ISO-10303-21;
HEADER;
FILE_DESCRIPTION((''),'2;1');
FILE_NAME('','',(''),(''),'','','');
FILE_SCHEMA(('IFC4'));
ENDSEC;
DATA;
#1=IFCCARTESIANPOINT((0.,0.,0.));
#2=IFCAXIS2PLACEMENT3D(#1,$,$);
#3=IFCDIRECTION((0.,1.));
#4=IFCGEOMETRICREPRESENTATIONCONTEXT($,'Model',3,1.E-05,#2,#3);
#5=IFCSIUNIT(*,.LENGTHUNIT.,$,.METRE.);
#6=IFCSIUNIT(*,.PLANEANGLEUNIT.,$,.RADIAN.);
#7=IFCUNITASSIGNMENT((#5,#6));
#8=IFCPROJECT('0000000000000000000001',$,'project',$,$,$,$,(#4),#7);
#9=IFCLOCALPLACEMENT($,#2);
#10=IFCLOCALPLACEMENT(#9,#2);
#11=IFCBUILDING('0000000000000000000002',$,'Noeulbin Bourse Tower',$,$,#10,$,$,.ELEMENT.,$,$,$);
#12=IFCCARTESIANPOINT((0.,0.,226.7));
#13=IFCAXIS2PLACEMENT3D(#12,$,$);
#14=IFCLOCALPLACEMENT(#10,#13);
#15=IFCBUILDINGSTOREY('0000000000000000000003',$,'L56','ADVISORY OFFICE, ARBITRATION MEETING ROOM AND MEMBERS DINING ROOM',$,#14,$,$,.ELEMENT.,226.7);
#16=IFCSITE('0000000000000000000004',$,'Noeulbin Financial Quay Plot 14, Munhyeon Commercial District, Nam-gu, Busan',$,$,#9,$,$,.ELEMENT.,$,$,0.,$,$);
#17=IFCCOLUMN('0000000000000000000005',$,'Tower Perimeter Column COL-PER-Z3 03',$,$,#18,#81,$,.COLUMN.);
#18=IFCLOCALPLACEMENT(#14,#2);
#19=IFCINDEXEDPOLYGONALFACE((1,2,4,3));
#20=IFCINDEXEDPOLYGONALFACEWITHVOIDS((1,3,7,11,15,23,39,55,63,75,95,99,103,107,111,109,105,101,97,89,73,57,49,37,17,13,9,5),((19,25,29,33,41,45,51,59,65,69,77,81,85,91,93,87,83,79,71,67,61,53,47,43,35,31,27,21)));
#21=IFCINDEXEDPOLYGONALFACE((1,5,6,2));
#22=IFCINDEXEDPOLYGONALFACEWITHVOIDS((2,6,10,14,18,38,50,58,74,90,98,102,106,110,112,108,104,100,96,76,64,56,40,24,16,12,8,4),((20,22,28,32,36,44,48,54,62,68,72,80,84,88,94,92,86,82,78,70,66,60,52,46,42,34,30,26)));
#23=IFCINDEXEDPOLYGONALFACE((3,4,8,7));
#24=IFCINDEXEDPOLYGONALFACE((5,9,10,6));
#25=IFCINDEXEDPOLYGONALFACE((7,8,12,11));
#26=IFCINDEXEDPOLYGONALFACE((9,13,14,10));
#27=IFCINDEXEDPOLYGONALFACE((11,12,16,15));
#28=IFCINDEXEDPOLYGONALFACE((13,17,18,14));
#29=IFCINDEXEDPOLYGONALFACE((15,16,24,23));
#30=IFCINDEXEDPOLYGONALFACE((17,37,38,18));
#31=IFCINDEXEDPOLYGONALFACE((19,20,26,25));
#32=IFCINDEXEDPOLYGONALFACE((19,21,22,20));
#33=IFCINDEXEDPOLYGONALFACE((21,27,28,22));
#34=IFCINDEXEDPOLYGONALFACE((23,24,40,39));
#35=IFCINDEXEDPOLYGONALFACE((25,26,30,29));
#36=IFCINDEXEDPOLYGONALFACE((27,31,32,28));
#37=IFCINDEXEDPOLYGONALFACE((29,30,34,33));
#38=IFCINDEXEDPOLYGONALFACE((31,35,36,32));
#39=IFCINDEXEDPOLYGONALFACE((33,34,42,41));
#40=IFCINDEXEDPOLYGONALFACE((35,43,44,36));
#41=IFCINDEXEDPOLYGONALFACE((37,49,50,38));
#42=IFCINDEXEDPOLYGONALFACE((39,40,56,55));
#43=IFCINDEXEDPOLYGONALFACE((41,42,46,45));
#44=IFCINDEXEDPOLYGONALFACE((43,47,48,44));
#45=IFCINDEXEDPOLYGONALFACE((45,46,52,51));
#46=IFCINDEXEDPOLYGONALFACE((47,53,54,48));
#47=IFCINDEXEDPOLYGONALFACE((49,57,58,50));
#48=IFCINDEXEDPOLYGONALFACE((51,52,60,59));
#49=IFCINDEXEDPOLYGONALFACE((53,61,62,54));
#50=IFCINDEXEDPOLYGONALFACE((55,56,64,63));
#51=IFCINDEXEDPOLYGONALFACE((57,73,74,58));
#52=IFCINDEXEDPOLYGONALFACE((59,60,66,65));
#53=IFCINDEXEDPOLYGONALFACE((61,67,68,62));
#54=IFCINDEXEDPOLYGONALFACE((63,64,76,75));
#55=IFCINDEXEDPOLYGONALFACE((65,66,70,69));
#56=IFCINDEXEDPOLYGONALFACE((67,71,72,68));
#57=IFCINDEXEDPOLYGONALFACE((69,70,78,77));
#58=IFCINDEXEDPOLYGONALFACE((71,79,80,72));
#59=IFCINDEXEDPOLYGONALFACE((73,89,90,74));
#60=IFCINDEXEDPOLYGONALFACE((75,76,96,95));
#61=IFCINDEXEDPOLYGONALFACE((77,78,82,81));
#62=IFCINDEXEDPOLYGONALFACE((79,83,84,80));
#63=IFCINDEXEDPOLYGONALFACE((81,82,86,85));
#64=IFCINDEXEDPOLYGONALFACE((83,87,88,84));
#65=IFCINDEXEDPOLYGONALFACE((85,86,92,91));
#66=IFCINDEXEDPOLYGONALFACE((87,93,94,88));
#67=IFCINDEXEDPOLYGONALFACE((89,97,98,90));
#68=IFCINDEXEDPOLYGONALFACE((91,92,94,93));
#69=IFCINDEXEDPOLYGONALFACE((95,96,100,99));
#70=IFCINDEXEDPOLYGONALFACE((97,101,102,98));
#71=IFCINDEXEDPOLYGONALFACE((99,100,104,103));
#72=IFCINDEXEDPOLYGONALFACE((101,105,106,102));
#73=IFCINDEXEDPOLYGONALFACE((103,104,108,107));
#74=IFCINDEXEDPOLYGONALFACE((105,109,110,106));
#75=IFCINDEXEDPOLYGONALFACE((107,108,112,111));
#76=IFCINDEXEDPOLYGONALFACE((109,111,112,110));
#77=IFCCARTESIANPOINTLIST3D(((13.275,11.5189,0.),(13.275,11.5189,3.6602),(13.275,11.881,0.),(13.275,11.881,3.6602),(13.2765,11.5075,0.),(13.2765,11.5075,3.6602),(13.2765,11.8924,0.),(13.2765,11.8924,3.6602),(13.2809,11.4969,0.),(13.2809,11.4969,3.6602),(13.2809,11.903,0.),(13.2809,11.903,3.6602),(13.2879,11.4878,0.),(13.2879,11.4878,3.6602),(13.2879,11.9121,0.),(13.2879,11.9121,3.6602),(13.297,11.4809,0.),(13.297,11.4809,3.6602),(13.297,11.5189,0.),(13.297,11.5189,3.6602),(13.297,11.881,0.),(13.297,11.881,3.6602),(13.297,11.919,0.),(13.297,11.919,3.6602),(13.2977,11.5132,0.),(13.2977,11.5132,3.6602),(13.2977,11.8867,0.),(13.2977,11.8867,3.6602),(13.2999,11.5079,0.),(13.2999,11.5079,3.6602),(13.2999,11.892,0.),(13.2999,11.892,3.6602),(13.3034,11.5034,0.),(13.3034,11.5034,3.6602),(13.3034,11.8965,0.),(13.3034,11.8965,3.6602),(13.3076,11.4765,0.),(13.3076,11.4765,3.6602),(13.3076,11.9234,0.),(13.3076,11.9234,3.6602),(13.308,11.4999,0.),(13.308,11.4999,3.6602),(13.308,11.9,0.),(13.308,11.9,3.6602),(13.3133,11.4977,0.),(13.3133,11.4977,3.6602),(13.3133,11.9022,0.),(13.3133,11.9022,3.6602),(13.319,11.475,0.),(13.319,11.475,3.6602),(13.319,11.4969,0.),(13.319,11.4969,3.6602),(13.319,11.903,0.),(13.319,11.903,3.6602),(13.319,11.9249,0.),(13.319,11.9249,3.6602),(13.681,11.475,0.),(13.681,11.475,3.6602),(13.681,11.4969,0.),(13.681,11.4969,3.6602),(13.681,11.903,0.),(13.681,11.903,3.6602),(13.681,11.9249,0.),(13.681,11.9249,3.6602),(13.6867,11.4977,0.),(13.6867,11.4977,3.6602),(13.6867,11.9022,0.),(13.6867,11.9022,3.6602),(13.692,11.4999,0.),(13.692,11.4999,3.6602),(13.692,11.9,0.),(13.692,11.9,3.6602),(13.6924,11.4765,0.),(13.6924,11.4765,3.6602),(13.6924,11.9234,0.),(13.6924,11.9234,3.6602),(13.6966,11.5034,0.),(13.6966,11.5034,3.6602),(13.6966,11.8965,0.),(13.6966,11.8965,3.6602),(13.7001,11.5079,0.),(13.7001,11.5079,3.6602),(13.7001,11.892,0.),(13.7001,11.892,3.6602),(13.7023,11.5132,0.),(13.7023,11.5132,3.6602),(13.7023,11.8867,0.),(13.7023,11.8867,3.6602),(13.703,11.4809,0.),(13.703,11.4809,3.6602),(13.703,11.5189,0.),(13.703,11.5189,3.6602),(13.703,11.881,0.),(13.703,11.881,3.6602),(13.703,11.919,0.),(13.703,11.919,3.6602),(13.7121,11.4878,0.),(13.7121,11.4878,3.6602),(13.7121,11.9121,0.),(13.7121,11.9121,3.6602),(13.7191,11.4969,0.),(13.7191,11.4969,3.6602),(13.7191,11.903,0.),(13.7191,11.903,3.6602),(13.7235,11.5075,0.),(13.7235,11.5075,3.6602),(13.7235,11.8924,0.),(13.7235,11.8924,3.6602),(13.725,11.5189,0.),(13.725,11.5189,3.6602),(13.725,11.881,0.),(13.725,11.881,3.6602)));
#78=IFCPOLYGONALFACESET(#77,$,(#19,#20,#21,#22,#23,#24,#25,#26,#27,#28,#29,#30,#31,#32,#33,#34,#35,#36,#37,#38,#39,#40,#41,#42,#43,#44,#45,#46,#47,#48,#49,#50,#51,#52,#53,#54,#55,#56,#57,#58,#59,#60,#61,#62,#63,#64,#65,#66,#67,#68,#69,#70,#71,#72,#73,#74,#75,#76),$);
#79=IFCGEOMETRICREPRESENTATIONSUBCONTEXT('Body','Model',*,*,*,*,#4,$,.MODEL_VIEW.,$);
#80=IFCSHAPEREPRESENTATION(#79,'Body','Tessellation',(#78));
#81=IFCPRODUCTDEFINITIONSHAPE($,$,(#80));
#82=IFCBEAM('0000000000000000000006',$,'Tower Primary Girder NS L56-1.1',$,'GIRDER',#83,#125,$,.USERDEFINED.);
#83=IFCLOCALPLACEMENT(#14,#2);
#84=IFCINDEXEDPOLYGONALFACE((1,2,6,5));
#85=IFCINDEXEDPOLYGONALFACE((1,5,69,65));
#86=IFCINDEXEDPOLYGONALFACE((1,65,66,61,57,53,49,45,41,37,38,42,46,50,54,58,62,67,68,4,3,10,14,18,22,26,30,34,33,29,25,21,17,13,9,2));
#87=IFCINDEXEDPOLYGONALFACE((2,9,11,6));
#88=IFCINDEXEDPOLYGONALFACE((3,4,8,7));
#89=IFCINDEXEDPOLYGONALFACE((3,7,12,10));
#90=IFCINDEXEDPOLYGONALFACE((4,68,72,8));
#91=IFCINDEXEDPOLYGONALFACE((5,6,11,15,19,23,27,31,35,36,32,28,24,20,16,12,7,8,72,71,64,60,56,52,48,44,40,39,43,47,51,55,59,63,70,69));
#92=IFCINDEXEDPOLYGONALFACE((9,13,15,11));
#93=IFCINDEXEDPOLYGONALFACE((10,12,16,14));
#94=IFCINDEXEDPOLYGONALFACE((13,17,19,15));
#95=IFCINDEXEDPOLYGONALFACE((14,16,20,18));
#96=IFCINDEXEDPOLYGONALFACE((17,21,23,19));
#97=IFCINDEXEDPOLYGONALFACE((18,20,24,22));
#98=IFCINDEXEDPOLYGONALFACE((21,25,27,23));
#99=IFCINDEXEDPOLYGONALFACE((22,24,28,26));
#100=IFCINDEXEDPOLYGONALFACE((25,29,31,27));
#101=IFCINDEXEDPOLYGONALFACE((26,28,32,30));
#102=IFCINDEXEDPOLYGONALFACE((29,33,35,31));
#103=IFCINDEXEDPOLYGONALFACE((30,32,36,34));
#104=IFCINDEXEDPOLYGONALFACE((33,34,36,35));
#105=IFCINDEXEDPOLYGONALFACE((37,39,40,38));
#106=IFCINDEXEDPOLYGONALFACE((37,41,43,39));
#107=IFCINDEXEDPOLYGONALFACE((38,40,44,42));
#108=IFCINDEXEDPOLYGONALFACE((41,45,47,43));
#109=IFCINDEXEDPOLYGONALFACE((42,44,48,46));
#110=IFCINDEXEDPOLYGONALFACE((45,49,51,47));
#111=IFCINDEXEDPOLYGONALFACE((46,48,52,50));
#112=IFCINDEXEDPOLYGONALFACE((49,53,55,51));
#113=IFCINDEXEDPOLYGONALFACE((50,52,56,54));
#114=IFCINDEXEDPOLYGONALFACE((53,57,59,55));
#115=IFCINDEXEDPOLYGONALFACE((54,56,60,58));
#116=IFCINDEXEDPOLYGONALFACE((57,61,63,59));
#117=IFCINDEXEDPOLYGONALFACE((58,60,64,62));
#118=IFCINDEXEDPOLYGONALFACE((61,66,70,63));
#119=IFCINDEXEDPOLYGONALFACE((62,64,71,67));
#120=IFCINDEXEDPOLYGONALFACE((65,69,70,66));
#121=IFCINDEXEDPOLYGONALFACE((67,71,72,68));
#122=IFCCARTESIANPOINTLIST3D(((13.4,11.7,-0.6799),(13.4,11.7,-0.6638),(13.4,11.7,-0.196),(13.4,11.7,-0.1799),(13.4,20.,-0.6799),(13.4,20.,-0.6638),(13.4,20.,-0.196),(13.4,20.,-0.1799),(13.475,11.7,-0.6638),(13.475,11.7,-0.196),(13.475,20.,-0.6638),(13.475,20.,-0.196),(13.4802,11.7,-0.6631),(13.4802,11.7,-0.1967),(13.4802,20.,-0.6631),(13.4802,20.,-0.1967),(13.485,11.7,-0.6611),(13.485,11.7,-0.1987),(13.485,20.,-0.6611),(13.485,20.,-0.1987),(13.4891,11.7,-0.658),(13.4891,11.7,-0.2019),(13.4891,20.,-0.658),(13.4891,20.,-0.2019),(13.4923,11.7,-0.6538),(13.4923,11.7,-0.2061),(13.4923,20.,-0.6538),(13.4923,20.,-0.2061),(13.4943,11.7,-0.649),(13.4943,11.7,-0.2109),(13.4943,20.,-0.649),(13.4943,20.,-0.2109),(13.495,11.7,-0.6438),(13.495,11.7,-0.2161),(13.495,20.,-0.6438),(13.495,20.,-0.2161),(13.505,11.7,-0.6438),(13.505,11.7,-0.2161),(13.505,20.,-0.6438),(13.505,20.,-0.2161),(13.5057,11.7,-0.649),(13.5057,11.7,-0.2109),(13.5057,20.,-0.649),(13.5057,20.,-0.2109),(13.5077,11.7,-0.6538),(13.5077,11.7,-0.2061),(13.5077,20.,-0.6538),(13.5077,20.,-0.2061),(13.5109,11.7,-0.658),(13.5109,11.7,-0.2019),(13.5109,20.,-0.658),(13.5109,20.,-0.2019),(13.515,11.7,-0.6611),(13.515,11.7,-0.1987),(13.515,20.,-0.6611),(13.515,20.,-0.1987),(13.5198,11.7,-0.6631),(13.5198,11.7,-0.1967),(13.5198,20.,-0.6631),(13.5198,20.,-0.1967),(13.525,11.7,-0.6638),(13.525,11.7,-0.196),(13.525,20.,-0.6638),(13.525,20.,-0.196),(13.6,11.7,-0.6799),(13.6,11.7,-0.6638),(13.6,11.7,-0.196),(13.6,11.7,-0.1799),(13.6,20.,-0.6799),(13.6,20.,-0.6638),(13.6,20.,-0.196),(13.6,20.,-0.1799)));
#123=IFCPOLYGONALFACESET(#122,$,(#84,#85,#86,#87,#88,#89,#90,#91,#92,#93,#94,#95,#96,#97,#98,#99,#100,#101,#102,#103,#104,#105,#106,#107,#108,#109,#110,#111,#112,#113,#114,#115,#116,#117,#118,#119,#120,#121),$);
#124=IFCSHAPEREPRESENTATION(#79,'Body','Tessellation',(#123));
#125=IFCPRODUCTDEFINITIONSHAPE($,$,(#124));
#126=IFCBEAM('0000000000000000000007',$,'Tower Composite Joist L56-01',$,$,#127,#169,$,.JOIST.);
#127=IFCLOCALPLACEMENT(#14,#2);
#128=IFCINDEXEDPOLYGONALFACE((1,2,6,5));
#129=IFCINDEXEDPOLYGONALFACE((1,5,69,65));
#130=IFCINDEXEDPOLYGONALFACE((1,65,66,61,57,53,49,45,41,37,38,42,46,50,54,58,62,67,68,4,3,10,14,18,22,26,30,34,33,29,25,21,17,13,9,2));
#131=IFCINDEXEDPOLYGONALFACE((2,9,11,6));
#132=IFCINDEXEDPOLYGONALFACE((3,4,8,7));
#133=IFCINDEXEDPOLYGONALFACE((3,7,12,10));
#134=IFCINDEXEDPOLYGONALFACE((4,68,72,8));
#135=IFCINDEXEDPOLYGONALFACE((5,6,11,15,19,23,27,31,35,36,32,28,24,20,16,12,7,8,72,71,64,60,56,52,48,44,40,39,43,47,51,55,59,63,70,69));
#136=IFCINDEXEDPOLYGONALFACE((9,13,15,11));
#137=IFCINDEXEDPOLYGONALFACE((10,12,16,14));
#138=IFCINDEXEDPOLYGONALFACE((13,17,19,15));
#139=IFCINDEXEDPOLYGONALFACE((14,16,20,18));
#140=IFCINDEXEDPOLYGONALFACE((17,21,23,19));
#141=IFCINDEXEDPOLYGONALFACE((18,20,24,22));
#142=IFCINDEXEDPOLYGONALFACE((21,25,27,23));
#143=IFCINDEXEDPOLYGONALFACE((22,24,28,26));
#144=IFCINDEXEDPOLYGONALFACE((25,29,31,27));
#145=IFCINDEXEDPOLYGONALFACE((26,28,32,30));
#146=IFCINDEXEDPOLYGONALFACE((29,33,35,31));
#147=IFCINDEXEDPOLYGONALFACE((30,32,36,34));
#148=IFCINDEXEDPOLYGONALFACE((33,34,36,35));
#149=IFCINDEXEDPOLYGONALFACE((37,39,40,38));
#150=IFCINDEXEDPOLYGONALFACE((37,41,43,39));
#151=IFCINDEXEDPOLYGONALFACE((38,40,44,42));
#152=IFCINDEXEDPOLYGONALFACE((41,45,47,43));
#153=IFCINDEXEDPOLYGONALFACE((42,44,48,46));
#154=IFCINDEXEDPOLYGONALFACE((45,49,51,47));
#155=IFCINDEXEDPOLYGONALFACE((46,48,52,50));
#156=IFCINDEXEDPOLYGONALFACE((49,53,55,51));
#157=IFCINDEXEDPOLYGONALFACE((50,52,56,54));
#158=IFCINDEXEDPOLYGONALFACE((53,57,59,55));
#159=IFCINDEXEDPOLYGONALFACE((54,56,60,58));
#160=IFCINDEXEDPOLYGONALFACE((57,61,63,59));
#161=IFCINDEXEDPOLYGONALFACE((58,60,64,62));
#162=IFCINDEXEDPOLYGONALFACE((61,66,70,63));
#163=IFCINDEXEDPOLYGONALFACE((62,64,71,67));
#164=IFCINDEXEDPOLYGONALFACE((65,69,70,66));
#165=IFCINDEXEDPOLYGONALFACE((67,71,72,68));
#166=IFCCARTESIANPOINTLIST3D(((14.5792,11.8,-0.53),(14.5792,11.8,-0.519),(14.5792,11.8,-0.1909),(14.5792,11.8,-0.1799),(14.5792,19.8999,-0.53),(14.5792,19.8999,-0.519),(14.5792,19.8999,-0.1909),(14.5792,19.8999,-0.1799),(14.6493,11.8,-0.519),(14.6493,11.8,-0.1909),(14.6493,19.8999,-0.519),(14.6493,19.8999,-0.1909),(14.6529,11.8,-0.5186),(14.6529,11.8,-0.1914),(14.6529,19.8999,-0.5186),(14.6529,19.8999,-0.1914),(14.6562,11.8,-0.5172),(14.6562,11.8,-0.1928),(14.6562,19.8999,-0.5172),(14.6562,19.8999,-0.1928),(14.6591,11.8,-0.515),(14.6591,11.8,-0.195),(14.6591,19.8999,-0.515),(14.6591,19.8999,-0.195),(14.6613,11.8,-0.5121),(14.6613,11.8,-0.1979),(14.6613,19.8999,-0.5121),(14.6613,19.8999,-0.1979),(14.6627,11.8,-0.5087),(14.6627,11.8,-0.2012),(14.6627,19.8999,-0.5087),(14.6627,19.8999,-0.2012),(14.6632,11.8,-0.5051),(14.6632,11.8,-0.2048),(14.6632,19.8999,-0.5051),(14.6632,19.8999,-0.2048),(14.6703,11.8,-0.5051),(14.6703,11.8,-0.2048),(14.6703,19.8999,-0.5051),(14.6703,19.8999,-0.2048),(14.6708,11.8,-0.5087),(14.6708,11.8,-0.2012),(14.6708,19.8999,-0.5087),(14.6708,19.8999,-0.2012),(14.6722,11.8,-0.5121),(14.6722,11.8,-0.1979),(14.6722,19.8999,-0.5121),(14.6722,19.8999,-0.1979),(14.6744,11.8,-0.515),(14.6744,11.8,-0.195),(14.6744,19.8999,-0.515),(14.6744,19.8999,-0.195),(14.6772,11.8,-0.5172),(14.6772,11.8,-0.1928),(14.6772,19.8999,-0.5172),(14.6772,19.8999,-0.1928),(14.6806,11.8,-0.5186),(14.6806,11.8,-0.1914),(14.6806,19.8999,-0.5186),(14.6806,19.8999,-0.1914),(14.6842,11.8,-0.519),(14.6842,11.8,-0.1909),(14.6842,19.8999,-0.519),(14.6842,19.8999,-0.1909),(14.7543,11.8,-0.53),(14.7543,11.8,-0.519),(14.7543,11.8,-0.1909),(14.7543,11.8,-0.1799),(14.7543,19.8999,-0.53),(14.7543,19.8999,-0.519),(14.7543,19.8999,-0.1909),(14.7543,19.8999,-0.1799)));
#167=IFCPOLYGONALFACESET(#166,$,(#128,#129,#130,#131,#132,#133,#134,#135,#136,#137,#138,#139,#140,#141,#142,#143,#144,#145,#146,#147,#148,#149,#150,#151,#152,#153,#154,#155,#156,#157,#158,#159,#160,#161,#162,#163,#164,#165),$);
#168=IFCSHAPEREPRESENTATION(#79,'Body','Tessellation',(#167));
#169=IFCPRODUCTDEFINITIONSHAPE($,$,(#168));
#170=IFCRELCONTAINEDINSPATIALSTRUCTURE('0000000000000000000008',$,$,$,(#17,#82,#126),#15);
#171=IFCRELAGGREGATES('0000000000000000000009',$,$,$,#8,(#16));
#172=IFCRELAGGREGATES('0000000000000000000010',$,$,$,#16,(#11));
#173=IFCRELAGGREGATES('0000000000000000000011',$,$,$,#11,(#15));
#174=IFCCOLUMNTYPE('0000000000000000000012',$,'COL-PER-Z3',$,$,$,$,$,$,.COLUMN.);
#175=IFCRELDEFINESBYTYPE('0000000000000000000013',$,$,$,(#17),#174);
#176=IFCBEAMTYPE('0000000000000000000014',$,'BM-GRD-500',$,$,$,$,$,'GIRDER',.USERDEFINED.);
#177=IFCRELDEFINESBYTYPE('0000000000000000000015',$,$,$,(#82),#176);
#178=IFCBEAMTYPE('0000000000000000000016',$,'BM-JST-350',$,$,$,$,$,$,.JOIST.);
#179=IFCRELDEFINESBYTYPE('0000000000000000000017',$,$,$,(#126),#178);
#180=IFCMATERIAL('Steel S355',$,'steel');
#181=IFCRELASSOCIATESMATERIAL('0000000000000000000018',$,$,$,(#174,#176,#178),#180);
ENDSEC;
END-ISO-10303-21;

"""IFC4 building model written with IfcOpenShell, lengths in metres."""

from ifc_helpers import new_model, si_unit, direction, frame, origin, origin_2d, place, context, subcontext, project, spatial, hollow_rectangle, i_section, extrude, material, material_profile, profile_set, type_object, element, save


model = new_model("IFC4")

# Units and contexts
model_context = context("Model", 3, precision=1e-05, world=origin(), true_north=direction((0.0, 1.0)))
body_context = subcontext(model_context, "Body", "Model", "MODEL_VIEW")
ifc_project = project(units=[si_unit("LENGTHUNIT", "METRE"), si_unit("PLANEANGLEUNIT", "RADIAN")], contexts=[model_context])

# Site, building, storey
site_placement = place(None, origin())
site = spatial("IfcSite", under=ifc_project, at=site_placement, Name="Noeulbin Financial Quay Plot 14, Munhyeon Commercial District, Nam-gu, Busan", CompositionType="ELEMENT", RefElevation=0.0)
building_placement = place(site_placement, origin())
building = spatial("IfcBuilding", under=site, at=building_placement, Name="Noeulbin Bourse Tower", CompositionType="ELEMENT")
storey_placement = place(building_placement, frame((0.0, 0.0, 226.7)))
storey = spatial("IfcBuildingStorey", under=building, at=storey_placement, Name="L56", Description="ADVISORY OFFICE, ARBITRATION MEETING ROOM AND MEMBERS DINING ROOM", CompositionType="ELEMENT", Elevation=226.7)

# Column
ifc_material_1 = material(Name="Steel S355", Category="steel")
ifc_material_profile_1 = material_profile(ifc_material_1, hollow_rectangle(XDim=0.45, YDim=0.45, WallThickness=0.022, InnerFilletRadius=0.022, OuterFilletRadius=0.0439, at=origin_2d()), Name="SHS-450x450x22", Category="LoadBearing")
ifc_profile_set_1 = profile_set([ifc_material_profile_1], Name="Steel S355")
column_type = type_object("IfcColumnType", Name="COL-PER-Z3", PredefinedType="COLUMN", material=ifc_profile_set_1)
column_placement = place(storey_placement, frame((13.5, 11.7, 0.0), z_axis=(0.0, 0.0, 1.0), x_axis=(1.0, 0.0, 0.0)))
element("IfcColumn", 1, at=column_placement, inside=storey, type_object=column_type, Name="Tower Perimeter Column COL-PER-Z3 03", PredefinedType="COLUMN", context=body_context, shape_type="SweptSolid", body=[
    extrude(hollow_rectangle(XDim=0.45, YDim=0.45, WallThickness=0.022, InnerFilletRadius=0.022, OuterFilletRadius=0.0439, at=origin_2d()), origin(), (0.0, 0.0, 1.0), 3.6602),
])

# Beams
ifc_material_profile_2 = material_profile(ifc_material_1, i_section(OverallWidth=0.2, OverallDepth=0.5, WebThickness=0.01, FlangeThickness=0.0161, FilletRadius=0.02, at=origin_2d()), Name="H-500x200x10x16", Category="LoadBearing")
ifc_profile_set_2 = profile_set([ifc_material_profile_2], Name="Steel S355")
beam_type_1 = type_object("IfcBeamType", Name="BM-GRD-500", ElementType="GIRDER", PredefinedType="USERDEFINED", material=ifc_profile_set_2)
beam_1_placement = place(storey_placement, frame((13.5, 11.7, -0.4299), z_axis=(0.0, 1.0, 0.0), x_axis=(-1.0, 0.0, 0.0)))
element("IfcBeam", 2, at=beam_1_placement, inside=storey, type_object=beam_type_1, Name="Tower Primary Girder NS L56-1.1", ObjectType="GIRDER", PredefinedType="USERDEFINED", context=body_context, shape_type="SweptSolid", body=[
    extrude(i_section(OverallWidth=0.2, OverallDepth=0.5, WebThickness=0.01, FlangeThickness=0.0161, FilletRadius=0.02, at=origin_2d()), origin(), (0.0, 0.0, 1.0), 8.3),
])
ifc_material_profile_3 = material_profile(ifc_material_1, i_section(OverallWidth=0.175, OverallDepth=0.3501, WebThickness=0.0071, FlangeThickness=0.011, FilletRadius=0.0139, at=origin_2d()), Name="H-350x175x7x11", Category="LoadBearing")
ifc_profile_set_3 = profile_set([ifc_material_profile_3], Name="Steel S355")
beam_type_2 = type_object("IfcBeamType", Name="BM-JST-350", PredefinedType="JOIST", material=ifc_profile_set_3)
for number, where, z_axis, x_axis, name in (
    (3, (14.6667, 11.8, -0.355), (0.0, 1.0, 0.0), (-1.0, 0.0, 0.0), "Tower Composite Joist L56-01"),
):
    element("IfcBeam", number, at=place(storey_placement, frame(where, z_axis=z_axis, x_axis=x_axis)), inside=storey, type_object=beam_type_2, Name=name, PredefinedType="JOIST", context=body_context, shape_type="SweptSolid", body=[
        extrude(i_section(OverallWidth=0.175, OverallDepth=0.3501, WebThickness=0.0071, FlangeThickness=0.011, FilletRadius=0.0139, at=origin_2d()), origin(), (0.0, 0.0, 1.0), 8.0999),
    ])

save(model, "model.ifc")
